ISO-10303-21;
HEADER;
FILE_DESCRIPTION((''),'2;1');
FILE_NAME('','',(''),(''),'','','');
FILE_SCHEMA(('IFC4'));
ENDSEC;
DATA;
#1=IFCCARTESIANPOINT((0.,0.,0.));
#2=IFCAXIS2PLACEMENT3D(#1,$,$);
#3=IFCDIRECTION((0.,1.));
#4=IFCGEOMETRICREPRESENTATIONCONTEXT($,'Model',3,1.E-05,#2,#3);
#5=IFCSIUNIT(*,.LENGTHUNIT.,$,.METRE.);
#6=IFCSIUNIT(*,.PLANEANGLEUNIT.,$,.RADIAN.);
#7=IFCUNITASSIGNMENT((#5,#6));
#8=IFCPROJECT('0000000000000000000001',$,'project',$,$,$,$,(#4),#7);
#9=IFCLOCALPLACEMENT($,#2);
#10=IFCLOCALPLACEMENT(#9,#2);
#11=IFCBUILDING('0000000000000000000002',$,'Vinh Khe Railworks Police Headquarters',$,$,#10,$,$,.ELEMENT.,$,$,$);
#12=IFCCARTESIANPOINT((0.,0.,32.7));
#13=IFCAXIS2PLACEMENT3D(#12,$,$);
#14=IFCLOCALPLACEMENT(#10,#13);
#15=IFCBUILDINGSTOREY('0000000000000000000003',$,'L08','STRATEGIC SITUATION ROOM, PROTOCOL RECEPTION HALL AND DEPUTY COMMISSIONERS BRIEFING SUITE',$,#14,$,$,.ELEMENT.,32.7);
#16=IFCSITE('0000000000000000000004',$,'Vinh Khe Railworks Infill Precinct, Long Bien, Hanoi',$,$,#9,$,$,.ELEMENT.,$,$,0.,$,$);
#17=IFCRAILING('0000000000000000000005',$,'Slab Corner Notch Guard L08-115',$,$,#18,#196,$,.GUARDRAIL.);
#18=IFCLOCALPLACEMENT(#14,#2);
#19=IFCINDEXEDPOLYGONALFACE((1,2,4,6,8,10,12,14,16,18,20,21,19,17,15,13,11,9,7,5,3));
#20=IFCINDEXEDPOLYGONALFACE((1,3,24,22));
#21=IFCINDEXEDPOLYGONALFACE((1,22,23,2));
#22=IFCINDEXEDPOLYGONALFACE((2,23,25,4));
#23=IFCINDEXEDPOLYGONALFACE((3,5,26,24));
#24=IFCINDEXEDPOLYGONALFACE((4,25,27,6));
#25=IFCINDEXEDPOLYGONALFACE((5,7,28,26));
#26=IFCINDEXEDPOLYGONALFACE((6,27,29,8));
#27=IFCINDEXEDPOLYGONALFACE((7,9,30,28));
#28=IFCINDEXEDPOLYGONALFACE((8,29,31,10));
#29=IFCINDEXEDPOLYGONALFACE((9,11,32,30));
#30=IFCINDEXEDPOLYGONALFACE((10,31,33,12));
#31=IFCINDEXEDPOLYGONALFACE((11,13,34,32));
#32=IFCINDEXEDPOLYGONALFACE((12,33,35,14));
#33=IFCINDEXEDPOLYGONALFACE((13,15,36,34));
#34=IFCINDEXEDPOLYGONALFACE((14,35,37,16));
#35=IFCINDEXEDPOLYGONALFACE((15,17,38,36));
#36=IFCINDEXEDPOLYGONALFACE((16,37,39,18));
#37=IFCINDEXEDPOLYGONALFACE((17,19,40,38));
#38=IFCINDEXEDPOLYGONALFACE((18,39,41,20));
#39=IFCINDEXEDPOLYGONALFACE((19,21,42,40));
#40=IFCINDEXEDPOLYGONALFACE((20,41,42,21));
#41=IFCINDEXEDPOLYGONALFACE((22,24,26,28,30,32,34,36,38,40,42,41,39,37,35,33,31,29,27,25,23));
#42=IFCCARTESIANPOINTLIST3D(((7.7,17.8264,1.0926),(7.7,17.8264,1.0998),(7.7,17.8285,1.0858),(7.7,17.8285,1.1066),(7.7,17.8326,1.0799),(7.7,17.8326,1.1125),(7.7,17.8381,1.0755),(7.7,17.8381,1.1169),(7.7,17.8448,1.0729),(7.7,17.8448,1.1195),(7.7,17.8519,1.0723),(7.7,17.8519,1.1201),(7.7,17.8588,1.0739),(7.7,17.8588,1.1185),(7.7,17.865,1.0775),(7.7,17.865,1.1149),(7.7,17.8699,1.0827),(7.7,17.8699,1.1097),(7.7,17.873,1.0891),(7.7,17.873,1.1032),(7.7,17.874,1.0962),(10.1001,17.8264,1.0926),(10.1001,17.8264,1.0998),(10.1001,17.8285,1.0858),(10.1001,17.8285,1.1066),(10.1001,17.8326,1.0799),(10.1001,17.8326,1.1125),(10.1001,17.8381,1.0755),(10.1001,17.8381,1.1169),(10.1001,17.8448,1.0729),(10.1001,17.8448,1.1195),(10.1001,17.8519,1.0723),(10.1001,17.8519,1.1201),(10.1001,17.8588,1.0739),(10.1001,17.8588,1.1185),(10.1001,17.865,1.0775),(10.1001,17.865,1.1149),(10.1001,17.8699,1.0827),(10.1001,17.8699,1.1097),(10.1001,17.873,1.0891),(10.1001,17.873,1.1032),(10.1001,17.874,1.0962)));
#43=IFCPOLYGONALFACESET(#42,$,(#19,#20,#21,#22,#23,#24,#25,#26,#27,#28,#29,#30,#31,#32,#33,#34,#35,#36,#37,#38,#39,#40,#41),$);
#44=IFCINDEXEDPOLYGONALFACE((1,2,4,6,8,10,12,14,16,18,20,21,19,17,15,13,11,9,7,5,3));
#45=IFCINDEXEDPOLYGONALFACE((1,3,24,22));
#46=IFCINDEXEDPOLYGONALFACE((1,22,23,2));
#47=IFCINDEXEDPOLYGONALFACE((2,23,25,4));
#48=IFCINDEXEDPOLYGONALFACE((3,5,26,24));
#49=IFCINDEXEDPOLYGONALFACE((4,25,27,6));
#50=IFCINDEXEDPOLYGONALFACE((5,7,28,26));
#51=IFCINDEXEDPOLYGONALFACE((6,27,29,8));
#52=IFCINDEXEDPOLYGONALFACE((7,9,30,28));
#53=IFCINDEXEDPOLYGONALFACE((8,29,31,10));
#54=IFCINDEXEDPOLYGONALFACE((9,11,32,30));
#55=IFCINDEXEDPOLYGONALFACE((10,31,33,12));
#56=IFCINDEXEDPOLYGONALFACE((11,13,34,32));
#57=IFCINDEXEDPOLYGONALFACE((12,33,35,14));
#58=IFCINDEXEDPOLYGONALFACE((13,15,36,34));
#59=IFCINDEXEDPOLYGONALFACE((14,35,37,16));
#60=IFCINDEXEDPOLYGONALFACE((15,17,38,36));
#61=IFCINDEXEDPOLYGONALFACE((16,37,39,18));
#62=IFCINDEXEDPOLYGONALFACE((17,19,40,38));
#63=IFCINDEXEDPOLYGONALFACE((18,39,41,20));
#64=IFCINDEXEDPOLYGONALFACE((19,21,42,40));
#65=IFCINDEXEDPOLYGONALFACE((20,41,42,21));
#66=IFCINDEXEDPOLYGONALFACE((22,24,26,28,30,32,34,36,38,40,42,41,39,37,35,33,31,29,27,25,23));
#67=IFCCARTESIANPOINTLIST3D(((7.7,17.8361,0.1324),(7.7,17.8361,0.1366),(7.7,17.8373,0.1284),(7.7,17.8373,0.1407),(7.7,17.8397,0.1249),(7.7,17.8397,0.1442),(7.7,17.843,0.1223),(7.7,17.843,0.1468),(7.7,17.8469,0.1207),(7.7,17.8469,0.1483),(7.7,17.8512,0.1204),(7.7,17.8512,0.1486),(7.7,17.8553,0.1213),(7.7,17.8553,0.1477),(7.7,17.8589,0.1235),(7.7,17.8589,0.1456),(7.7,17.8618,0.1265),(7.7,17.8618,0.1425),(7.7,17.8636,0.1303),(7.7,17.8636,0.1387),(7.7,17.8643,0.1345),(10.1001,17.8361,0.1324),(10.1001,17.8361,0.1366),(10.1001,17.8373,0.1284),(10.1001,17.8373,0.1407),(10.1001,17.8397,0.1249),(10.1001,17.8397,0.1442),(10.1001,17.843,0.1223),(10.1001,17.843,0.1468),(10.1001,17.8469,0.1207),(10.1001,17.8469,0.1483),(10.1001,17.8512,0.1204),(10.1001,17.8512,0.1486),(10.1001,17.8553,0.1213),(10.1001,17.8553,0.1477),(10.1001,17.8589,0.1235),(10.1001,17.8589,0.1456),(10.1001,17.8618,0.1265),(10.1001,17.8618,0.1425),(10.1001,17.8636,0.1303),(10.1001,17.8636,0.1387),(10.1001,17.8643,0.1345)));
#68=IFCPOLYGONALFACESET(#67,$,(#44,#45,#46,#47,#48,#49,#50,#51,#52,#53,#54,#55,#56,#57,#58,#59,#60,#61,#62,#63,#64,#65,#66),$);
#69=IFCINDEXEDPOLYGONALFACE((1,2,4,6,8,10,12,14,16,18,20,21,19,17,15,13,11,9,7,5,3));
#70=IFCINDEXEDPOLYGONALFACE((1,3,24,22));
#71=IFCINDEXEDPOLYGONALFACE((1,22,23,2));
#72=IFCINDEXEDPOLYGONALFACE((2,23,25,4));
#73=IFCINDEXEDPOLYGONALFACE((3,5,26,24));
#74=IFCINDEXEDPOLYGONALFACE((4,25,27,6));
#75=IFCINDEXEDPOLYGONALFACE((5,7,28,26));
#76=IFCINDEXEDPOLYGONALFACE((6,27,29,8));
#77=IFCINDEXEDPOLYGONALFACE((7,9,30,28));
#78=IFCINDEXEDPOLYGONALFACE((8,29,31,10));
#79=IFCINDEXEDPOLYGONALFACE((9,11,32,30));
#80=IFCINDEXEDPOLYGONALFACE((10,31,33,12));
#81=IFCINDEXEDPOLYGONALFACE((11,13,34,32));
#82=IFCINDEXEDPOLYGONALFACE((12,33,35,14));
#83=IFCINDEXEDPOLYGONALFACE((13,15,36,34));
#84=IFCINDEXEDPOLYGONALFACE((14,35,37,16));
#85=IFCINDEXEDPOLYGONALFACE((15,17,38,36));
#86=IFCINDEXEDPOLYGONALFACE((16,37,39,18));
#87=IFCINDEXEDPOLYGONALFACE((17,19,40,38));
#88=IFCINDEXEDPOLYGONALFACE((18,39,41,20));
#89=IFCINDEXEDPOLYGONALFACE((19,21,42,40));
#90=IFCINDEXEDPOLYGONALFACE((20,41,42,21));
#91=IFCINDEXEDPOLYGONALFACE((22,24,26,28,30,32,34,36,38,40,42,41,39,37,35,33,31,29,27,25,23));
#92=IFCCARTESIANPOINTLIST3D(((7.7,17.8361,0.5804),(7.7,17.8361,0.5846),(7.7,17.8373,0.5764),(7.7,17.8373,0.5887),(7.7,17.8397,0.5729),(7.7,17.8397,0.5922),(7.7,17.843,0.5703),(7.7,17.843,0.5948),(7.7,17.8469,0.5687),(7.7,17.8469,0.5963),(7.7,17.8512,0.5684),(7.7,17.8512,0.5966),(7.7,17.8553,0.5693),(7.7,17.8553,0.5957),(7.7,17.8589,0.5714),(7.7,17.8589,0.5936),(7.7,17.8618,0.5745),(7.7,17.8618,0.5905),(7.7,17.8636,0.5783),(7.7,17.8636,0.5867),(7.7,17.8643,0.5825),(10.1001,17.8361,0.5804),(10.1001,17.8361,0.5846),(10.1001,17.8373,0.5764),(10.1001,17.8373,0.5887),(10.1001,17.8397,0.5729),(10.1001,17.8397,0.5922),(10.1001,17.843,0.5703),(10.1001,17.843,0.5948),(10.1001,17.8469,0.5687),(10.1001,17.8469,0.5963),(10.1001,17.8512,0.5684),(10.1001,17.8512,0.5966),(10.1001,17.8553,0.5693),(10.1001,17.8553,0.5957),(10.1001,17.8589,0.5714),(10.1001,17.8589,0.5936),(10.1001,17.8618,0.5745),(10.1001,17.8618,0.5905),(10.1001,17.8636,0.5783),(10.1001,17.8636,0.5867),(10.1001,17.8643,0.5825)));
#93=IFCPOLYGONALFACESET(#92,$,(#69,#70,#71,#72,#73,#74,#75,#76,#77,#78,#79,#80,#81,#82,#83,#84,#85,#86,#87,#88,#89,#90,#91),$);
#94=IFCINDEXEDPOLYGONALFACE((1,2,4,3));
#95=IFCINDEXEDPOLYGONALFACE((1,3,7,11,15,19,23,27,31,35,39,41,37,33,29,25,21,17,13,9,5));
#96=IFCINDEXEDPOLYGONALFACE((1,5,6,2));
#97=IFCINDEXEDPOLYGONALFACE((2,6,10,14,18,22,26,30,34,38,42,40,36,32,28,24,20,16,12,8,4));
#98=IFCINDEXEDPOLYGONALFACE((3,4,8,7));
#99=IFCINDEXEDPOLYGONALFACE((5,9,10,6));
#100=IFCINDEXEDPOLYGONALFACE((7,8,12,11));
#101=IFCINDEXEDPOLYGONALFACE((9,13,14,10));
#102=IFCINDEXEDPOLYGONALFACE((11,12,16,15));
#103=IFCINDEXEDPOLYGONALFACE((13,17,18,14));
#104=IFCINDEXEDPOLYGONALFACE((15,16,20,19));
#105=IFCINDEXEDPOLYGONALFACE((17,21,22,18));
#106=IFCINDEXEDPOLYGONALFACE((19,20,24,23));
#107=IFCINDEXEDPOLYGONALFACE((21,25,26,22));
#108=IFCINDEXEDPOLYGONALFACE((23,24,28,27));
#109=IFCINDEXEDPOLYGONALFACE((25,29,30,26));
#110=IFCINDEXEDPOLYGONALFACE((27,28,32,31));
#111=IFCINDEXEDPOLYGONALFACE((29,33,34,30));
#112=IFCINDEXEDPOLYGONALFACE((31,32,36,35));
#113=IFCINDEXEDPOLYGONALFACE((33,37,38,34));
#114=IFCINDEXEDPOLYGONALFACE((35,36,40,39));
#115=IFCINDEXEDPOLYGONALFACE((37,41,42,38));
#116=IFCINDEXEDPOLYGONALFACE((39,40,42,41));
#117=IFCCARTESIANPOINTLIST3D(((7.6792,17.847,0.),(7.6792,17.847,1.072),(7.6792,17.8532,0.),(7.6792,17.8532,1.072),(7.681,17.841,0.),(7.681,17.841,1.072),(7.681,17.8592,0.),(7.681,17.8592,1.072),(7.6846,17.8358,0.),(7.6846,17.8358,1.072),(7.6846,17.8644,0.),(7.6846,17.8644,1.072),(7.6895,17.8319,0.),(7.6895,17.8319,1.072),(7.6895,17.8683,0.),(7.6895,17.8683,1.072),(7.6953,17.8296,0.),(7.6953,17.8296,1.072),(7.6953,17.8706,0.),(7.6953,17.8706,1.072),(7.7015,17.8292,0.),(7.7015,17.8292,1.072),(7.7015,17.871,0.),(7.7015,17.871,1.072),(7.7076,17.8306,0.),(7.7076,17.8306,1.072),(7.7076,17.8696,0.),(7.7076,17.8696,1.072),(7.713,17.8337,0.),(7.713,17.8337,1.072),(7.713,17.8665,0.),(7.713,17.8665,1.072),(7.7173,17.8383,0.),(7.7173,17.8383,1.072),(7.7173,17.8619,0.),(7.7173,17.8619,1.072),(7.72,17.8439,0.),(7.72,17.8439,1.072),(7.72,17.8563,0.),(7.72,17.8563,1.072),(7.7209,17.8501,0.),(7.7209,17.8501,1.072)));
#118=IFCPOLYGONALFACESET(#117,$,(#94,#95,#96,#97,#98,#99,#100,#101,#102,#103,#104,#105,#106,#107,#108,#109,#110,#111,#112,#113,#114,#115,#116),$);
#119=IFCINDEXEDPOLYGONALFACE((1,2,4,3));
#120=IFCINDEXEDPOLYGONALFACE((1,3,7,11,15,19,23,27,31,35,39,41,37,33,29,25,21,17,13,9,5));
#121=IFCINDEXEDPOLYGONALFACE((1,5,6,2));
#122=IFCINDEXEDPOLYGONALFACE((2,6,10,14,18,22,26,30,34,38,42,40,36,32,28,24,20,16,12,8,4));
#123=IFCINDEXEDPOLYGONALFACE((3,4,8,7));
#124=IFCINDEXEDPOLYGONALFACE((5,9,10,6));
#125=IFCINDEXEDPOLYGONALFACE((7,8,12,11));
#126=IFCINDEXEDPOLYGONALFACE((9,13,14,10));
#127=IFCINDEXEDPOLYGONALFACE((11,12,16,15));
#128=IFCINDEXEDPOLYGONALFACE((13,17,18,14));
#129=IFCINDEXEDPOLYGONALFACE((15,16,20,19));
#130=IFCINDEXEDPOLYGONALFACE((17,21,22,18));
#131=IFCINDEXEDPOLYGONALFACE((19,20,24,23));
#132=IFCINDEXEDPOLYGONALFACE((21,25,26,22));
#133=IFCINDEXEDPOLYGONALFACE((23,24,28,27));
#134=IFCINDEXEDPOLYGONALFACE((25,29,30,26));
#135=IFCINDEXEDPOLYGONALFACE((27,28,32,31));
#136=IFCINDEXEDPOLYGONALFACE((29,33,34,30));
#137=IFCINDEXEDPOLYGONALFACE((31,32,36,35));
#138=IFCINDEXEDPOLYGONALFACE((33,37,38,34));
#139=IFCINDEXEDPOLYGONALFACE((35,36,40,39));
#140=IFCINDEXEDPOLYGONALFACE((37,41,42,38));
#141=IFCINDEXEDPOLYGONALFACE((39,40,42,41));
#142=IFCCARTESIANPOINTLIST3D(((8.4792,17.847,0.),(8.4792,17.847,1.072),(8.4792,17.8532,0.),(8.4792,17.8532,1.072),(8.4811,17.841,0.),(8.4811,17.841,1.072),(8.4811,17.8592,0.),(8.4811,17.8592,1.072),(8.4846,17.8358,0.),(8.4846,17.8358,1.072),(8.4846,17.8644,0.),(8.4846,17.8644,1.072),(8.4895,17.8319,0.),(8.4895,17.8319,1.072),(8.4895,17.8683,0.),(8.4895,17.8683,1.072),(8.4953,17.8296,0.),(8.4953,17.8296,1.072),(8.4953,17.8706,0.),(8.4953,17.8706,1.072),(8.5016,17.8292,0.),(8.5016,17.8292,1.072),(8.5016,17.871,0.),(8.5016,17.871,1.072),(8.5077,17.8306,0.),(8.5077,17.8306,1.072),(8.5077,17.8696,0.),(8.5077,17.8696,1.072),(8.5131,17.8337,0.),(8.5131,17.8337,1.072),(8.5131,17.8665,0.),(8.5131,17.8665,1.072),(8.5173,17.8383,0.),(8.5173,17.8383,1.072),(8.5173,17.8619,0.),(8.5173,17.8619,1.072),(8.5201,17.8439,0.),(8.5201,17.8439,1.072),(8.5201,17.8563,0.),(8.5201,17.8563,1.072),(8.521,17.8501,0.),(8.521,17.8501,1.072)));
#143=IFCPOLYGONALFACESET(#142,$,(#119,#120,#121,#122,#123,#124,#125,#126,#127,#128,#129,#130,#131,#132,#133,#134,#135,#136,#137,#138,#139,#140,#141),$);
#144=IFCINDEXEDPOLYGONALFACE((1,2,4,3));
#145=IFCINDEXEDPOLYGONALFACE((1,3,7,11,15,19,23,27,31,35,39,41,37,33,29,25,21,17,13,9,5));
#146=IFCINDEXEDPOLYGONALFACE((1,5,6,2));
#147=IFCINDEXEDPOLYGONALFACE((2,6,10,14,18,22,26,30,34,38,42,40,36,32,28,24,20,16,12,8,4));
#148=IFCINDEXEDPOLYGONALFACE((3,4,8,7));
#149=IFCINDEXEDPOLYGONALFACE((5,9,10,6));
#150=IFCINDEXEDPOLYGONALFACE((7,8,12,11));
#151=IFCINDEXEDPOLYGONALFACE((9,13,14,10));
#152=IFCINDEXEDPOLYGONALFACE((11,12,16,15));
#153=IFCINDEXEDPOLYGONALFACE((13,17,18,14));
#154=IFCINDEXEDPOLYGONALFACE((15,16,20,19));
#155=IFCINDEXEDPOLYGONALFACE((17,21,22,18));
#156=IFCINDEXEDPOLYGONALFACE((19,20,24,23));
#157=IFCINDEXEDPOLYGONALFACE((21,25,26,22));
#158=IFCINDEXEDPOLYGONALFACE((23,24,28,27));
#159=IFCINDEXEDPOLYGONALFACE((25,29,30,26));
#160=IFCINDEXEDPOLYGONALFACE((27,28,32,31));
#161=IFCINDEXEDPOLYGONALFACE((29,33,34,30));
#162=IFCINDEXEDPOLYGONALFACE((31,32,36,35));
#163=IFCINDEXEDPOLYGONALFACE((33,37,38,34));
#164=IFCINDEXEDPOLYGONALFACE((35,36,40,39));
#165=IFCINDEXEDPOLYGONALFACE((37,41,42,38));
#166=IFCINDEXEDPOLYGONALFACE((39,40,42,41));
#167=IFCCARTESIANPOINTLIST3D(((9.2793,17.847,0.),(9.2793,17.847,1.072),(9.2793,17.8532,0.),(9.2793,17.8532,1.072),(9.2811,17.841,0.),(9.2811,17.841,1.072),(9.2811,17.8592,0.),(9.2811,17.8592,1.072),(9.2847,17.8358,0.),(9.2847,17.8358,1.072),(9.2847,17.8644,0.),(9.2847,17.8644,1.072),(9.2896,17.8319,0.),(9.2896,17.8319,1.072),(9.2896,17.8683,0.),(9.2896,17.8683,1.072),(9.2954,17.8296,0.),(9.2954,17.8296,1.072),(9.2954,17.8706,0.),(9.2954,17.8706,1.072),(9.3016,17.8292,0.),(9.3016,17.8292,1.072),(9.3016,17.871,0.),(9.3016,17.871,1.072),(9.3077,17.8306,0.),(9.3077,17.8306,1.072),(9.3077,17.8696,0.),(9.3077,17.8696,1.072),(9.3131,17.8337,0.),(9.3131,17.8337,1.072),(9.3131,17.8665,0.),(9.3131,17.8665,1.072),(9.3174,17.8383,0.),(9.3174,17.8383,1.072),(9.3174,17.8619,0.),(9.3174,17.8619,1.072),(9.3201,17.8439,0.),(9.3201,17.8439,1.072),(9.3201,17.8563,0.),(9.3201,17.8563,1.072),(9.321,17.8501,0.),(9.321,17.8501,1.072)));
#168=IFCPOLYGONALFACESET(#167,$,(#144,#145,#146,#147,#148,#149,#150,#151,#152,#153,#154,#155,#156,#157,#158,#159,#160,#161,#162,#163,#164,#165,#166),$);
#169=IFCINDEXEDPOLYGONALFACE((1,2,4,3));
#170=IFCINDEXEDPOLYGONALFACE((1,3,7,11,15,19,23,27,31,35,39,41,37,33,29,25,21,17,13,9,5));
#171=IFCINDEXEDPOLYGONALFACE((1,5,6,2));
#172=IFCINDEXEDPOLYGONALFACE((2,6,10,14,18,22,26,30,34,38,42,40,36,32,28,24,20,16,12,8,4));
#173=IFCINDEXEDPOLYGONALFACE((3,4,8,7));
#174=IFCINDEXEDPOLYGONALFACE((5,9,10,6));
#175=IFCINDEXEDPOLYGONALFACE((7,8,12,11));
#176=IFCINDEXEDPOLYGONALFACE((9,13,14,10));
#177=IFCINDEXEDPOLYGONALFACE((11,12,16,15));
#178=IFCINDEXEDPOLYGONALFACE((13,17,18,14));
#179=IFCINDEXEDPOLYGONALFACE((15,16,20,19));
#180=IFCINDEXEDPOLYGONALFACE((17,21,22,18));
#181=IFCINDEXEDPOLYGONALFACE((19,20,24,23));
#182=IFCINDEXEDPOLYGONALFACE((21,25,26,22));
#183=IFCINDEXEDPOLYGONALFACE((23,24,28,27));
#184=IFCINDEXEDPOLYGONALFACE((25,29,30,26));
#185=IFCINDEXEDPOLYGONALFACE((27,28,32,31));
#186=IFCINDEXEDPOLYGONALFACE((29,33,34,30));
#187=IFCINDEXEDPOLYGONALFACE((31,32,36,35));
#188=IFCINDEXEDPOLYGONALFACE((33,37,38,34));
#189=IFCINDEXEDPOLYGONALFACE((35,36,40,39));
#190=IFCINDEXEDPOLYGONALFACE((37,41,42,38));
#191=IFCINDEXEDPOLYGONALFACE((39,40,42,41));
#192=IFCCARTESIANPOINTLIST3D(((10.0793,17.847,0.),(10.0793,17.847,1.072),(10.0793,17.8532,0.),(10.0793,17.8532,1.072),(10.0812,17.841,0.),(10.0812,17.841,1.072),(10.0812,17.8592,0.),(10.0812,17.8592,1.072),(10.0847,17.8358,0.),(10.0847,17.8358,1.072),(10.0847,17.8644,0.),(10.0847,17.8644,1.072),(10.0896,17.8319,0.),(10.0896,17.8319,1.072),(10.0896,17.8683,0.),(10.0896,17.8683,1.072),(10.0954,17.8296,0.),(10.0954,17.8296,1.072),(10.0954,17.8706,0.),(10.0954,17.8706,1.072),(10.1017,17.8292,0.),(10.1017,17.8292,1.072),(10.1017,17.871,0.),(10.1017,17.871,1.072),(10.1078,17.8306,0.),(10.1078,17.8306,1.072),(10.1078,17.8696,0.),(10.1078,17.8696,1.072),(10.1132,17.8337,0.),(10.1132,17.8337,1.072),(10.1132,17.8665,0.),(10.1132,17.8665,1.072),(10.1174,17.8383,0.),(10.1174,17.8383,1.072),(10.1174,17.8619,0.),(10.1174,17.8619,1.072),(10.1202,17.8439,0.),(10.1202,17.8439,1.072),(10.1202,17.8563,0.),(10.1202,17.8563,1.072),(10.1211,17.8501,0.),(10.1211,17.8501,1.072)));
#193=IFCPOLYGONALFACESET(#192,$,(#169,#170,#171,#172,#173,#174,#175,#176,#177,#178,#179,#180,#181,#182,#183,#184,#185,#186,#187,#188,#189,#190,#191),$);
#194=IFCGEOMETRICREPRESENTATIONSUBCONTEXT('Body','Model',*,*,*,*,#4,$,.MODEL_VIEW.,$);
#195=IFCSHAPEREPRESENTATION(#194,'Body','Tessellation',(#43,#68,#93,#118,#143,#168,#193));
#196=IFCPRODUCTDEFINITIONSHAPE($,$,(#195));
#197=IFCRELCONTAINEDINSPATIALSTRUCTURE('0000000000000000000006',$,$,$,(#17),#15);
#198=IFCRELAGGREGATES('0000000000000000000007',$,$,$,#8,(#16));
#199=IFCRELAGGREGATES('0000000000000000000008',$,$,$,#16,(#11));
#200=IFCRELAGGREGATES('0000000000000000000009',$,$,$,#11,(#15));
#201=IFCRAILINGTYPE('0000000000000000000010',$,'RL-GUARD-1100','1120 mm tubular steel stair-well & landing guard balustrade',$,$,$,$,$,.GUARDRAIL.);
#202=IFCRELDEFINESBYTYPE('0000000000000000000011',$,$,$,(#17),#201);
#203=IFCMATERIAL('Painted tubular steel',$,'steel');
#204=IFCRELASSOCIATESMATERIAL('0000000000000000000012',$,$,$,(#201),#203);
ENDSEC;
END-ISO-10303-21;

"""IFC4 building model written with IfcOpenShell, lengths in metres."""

from ifc_helpers import new_model, si_unit, direction, frame, origin, origin_2d, place, context, subcontext, project, spatial, circle, extrude, material, type_object, element, save


model = new_model("IFC4")

# Units and contexts
model_context = context("Model", 3, precision=1e-05, world=origin(), true_north=direction((0.0, 1.0)))
body_context = subcontext(model_context, "Body", "Model", "MODEL_VIEW")
ifc_project = project(units=[si_unit("LENGTHUNIT", "METRE"), si_unit("PLANEANGLEUNIT", "RADIAN")], contexts=[model_context])

# Site, building, storey
site_placement = place(None, origin())
site = spatial("IfcSite", under=ifc_project, at=site_placement, Name="Vinh Khe Railworks Infill Precinct, Long Bien, Hanoi", CompositionType="ELEMENT", RefElevation=0.0)
building_placement = place(site_placement, origin())
building = spatial("IfcBuilding", under=site, at=building_placement, Name="Vinh Khe Railworks Police Headquarters", CompositionType="ELEMENT")
storey_placement = place(building_placement, frame((0.0, 0.0, 32.7)))
storey = spatial("IfcBuildingStorey", under=building, at=storey_placement, Name="L08", Description="STRATEGIC SITUATION ROOM, PROTOCOL RECEPTION HALL AND DEPUTY COMMISSIONERS BRIEFING SUITE", CompositionType="ELEMENT", Elevation=32.7)

# Railing
ifc_material_1 = material(Name="Painted tubular steel", Category="steel")
railing_type_1 = type_object("IfcRailingType", Name="RL-GUARD-1100", Description="1120 mm tubular steel stair-well & landing guard balustrade", PredefinedType="GUARDRAIL", material=ifc_material_1)
railing_1_placement = place(storey_placement, frame((7.7, 17.8501, 0.0)))
element("IfcRailing", 1, at=railing_1_placement, inside=storey, type_object=railing_type_1, Name="Slab Corner Notch Guard L08-115", PredefinedType="GUARDRAIL", context=body_context, shape_type="SweptSolid", body=[
    extrude(circle(Radius=0.0239, at=origin_2d()), frame((0.0, 0.0, 1.0962), z_axis=(1.0, 0.0, 0.0), x_axis=(0.0, 1.0, 0.0)), (0.0, 0.0, 1.0), 2.4001),
    extrude(circle(Radius=0.0142, at=origin_2d()), frame((0.0, 0.0, 0.1345), z_axis=(1.0, 0.0, 0.0), x_axis=(0.0, 1.0, 0.0)), (0.0, 0.0, 1.0), 2.4001),
    extrude(circle(Radius=0.0142, at=origin_2d()), frame((0.0, 0.0, 0.5825), z_axis=(1.0, 0.0, 0.0), x_axis=(0.0, 1.0, 0.0)), (0.0, 0.0, 1.0), 2.4001),
    extrude(circle(Radius=0.021, at=origin_2d()), origin(), (0.0, 0.0, 1.0), 1.072),
    extrude(circle(Radius=0.021, at=origin_2d()), frame((0.8, 0.0, 0.0)), (0.0, 0.0, 1.0), 1.072),
    extrude(circle(Radius=0.021, at=origin_2d()), frame((1.6001, 0.0, 0.0)), (0.0, 0.0, 1.0), 1.072),
    extrude(circle(Radius=0.021, at=origin_2d()), frame((2.4001, 0.0, 0.0)), (0.0, 0.0, 1.0), 1.072),
])

save(model, "model.ifc")
